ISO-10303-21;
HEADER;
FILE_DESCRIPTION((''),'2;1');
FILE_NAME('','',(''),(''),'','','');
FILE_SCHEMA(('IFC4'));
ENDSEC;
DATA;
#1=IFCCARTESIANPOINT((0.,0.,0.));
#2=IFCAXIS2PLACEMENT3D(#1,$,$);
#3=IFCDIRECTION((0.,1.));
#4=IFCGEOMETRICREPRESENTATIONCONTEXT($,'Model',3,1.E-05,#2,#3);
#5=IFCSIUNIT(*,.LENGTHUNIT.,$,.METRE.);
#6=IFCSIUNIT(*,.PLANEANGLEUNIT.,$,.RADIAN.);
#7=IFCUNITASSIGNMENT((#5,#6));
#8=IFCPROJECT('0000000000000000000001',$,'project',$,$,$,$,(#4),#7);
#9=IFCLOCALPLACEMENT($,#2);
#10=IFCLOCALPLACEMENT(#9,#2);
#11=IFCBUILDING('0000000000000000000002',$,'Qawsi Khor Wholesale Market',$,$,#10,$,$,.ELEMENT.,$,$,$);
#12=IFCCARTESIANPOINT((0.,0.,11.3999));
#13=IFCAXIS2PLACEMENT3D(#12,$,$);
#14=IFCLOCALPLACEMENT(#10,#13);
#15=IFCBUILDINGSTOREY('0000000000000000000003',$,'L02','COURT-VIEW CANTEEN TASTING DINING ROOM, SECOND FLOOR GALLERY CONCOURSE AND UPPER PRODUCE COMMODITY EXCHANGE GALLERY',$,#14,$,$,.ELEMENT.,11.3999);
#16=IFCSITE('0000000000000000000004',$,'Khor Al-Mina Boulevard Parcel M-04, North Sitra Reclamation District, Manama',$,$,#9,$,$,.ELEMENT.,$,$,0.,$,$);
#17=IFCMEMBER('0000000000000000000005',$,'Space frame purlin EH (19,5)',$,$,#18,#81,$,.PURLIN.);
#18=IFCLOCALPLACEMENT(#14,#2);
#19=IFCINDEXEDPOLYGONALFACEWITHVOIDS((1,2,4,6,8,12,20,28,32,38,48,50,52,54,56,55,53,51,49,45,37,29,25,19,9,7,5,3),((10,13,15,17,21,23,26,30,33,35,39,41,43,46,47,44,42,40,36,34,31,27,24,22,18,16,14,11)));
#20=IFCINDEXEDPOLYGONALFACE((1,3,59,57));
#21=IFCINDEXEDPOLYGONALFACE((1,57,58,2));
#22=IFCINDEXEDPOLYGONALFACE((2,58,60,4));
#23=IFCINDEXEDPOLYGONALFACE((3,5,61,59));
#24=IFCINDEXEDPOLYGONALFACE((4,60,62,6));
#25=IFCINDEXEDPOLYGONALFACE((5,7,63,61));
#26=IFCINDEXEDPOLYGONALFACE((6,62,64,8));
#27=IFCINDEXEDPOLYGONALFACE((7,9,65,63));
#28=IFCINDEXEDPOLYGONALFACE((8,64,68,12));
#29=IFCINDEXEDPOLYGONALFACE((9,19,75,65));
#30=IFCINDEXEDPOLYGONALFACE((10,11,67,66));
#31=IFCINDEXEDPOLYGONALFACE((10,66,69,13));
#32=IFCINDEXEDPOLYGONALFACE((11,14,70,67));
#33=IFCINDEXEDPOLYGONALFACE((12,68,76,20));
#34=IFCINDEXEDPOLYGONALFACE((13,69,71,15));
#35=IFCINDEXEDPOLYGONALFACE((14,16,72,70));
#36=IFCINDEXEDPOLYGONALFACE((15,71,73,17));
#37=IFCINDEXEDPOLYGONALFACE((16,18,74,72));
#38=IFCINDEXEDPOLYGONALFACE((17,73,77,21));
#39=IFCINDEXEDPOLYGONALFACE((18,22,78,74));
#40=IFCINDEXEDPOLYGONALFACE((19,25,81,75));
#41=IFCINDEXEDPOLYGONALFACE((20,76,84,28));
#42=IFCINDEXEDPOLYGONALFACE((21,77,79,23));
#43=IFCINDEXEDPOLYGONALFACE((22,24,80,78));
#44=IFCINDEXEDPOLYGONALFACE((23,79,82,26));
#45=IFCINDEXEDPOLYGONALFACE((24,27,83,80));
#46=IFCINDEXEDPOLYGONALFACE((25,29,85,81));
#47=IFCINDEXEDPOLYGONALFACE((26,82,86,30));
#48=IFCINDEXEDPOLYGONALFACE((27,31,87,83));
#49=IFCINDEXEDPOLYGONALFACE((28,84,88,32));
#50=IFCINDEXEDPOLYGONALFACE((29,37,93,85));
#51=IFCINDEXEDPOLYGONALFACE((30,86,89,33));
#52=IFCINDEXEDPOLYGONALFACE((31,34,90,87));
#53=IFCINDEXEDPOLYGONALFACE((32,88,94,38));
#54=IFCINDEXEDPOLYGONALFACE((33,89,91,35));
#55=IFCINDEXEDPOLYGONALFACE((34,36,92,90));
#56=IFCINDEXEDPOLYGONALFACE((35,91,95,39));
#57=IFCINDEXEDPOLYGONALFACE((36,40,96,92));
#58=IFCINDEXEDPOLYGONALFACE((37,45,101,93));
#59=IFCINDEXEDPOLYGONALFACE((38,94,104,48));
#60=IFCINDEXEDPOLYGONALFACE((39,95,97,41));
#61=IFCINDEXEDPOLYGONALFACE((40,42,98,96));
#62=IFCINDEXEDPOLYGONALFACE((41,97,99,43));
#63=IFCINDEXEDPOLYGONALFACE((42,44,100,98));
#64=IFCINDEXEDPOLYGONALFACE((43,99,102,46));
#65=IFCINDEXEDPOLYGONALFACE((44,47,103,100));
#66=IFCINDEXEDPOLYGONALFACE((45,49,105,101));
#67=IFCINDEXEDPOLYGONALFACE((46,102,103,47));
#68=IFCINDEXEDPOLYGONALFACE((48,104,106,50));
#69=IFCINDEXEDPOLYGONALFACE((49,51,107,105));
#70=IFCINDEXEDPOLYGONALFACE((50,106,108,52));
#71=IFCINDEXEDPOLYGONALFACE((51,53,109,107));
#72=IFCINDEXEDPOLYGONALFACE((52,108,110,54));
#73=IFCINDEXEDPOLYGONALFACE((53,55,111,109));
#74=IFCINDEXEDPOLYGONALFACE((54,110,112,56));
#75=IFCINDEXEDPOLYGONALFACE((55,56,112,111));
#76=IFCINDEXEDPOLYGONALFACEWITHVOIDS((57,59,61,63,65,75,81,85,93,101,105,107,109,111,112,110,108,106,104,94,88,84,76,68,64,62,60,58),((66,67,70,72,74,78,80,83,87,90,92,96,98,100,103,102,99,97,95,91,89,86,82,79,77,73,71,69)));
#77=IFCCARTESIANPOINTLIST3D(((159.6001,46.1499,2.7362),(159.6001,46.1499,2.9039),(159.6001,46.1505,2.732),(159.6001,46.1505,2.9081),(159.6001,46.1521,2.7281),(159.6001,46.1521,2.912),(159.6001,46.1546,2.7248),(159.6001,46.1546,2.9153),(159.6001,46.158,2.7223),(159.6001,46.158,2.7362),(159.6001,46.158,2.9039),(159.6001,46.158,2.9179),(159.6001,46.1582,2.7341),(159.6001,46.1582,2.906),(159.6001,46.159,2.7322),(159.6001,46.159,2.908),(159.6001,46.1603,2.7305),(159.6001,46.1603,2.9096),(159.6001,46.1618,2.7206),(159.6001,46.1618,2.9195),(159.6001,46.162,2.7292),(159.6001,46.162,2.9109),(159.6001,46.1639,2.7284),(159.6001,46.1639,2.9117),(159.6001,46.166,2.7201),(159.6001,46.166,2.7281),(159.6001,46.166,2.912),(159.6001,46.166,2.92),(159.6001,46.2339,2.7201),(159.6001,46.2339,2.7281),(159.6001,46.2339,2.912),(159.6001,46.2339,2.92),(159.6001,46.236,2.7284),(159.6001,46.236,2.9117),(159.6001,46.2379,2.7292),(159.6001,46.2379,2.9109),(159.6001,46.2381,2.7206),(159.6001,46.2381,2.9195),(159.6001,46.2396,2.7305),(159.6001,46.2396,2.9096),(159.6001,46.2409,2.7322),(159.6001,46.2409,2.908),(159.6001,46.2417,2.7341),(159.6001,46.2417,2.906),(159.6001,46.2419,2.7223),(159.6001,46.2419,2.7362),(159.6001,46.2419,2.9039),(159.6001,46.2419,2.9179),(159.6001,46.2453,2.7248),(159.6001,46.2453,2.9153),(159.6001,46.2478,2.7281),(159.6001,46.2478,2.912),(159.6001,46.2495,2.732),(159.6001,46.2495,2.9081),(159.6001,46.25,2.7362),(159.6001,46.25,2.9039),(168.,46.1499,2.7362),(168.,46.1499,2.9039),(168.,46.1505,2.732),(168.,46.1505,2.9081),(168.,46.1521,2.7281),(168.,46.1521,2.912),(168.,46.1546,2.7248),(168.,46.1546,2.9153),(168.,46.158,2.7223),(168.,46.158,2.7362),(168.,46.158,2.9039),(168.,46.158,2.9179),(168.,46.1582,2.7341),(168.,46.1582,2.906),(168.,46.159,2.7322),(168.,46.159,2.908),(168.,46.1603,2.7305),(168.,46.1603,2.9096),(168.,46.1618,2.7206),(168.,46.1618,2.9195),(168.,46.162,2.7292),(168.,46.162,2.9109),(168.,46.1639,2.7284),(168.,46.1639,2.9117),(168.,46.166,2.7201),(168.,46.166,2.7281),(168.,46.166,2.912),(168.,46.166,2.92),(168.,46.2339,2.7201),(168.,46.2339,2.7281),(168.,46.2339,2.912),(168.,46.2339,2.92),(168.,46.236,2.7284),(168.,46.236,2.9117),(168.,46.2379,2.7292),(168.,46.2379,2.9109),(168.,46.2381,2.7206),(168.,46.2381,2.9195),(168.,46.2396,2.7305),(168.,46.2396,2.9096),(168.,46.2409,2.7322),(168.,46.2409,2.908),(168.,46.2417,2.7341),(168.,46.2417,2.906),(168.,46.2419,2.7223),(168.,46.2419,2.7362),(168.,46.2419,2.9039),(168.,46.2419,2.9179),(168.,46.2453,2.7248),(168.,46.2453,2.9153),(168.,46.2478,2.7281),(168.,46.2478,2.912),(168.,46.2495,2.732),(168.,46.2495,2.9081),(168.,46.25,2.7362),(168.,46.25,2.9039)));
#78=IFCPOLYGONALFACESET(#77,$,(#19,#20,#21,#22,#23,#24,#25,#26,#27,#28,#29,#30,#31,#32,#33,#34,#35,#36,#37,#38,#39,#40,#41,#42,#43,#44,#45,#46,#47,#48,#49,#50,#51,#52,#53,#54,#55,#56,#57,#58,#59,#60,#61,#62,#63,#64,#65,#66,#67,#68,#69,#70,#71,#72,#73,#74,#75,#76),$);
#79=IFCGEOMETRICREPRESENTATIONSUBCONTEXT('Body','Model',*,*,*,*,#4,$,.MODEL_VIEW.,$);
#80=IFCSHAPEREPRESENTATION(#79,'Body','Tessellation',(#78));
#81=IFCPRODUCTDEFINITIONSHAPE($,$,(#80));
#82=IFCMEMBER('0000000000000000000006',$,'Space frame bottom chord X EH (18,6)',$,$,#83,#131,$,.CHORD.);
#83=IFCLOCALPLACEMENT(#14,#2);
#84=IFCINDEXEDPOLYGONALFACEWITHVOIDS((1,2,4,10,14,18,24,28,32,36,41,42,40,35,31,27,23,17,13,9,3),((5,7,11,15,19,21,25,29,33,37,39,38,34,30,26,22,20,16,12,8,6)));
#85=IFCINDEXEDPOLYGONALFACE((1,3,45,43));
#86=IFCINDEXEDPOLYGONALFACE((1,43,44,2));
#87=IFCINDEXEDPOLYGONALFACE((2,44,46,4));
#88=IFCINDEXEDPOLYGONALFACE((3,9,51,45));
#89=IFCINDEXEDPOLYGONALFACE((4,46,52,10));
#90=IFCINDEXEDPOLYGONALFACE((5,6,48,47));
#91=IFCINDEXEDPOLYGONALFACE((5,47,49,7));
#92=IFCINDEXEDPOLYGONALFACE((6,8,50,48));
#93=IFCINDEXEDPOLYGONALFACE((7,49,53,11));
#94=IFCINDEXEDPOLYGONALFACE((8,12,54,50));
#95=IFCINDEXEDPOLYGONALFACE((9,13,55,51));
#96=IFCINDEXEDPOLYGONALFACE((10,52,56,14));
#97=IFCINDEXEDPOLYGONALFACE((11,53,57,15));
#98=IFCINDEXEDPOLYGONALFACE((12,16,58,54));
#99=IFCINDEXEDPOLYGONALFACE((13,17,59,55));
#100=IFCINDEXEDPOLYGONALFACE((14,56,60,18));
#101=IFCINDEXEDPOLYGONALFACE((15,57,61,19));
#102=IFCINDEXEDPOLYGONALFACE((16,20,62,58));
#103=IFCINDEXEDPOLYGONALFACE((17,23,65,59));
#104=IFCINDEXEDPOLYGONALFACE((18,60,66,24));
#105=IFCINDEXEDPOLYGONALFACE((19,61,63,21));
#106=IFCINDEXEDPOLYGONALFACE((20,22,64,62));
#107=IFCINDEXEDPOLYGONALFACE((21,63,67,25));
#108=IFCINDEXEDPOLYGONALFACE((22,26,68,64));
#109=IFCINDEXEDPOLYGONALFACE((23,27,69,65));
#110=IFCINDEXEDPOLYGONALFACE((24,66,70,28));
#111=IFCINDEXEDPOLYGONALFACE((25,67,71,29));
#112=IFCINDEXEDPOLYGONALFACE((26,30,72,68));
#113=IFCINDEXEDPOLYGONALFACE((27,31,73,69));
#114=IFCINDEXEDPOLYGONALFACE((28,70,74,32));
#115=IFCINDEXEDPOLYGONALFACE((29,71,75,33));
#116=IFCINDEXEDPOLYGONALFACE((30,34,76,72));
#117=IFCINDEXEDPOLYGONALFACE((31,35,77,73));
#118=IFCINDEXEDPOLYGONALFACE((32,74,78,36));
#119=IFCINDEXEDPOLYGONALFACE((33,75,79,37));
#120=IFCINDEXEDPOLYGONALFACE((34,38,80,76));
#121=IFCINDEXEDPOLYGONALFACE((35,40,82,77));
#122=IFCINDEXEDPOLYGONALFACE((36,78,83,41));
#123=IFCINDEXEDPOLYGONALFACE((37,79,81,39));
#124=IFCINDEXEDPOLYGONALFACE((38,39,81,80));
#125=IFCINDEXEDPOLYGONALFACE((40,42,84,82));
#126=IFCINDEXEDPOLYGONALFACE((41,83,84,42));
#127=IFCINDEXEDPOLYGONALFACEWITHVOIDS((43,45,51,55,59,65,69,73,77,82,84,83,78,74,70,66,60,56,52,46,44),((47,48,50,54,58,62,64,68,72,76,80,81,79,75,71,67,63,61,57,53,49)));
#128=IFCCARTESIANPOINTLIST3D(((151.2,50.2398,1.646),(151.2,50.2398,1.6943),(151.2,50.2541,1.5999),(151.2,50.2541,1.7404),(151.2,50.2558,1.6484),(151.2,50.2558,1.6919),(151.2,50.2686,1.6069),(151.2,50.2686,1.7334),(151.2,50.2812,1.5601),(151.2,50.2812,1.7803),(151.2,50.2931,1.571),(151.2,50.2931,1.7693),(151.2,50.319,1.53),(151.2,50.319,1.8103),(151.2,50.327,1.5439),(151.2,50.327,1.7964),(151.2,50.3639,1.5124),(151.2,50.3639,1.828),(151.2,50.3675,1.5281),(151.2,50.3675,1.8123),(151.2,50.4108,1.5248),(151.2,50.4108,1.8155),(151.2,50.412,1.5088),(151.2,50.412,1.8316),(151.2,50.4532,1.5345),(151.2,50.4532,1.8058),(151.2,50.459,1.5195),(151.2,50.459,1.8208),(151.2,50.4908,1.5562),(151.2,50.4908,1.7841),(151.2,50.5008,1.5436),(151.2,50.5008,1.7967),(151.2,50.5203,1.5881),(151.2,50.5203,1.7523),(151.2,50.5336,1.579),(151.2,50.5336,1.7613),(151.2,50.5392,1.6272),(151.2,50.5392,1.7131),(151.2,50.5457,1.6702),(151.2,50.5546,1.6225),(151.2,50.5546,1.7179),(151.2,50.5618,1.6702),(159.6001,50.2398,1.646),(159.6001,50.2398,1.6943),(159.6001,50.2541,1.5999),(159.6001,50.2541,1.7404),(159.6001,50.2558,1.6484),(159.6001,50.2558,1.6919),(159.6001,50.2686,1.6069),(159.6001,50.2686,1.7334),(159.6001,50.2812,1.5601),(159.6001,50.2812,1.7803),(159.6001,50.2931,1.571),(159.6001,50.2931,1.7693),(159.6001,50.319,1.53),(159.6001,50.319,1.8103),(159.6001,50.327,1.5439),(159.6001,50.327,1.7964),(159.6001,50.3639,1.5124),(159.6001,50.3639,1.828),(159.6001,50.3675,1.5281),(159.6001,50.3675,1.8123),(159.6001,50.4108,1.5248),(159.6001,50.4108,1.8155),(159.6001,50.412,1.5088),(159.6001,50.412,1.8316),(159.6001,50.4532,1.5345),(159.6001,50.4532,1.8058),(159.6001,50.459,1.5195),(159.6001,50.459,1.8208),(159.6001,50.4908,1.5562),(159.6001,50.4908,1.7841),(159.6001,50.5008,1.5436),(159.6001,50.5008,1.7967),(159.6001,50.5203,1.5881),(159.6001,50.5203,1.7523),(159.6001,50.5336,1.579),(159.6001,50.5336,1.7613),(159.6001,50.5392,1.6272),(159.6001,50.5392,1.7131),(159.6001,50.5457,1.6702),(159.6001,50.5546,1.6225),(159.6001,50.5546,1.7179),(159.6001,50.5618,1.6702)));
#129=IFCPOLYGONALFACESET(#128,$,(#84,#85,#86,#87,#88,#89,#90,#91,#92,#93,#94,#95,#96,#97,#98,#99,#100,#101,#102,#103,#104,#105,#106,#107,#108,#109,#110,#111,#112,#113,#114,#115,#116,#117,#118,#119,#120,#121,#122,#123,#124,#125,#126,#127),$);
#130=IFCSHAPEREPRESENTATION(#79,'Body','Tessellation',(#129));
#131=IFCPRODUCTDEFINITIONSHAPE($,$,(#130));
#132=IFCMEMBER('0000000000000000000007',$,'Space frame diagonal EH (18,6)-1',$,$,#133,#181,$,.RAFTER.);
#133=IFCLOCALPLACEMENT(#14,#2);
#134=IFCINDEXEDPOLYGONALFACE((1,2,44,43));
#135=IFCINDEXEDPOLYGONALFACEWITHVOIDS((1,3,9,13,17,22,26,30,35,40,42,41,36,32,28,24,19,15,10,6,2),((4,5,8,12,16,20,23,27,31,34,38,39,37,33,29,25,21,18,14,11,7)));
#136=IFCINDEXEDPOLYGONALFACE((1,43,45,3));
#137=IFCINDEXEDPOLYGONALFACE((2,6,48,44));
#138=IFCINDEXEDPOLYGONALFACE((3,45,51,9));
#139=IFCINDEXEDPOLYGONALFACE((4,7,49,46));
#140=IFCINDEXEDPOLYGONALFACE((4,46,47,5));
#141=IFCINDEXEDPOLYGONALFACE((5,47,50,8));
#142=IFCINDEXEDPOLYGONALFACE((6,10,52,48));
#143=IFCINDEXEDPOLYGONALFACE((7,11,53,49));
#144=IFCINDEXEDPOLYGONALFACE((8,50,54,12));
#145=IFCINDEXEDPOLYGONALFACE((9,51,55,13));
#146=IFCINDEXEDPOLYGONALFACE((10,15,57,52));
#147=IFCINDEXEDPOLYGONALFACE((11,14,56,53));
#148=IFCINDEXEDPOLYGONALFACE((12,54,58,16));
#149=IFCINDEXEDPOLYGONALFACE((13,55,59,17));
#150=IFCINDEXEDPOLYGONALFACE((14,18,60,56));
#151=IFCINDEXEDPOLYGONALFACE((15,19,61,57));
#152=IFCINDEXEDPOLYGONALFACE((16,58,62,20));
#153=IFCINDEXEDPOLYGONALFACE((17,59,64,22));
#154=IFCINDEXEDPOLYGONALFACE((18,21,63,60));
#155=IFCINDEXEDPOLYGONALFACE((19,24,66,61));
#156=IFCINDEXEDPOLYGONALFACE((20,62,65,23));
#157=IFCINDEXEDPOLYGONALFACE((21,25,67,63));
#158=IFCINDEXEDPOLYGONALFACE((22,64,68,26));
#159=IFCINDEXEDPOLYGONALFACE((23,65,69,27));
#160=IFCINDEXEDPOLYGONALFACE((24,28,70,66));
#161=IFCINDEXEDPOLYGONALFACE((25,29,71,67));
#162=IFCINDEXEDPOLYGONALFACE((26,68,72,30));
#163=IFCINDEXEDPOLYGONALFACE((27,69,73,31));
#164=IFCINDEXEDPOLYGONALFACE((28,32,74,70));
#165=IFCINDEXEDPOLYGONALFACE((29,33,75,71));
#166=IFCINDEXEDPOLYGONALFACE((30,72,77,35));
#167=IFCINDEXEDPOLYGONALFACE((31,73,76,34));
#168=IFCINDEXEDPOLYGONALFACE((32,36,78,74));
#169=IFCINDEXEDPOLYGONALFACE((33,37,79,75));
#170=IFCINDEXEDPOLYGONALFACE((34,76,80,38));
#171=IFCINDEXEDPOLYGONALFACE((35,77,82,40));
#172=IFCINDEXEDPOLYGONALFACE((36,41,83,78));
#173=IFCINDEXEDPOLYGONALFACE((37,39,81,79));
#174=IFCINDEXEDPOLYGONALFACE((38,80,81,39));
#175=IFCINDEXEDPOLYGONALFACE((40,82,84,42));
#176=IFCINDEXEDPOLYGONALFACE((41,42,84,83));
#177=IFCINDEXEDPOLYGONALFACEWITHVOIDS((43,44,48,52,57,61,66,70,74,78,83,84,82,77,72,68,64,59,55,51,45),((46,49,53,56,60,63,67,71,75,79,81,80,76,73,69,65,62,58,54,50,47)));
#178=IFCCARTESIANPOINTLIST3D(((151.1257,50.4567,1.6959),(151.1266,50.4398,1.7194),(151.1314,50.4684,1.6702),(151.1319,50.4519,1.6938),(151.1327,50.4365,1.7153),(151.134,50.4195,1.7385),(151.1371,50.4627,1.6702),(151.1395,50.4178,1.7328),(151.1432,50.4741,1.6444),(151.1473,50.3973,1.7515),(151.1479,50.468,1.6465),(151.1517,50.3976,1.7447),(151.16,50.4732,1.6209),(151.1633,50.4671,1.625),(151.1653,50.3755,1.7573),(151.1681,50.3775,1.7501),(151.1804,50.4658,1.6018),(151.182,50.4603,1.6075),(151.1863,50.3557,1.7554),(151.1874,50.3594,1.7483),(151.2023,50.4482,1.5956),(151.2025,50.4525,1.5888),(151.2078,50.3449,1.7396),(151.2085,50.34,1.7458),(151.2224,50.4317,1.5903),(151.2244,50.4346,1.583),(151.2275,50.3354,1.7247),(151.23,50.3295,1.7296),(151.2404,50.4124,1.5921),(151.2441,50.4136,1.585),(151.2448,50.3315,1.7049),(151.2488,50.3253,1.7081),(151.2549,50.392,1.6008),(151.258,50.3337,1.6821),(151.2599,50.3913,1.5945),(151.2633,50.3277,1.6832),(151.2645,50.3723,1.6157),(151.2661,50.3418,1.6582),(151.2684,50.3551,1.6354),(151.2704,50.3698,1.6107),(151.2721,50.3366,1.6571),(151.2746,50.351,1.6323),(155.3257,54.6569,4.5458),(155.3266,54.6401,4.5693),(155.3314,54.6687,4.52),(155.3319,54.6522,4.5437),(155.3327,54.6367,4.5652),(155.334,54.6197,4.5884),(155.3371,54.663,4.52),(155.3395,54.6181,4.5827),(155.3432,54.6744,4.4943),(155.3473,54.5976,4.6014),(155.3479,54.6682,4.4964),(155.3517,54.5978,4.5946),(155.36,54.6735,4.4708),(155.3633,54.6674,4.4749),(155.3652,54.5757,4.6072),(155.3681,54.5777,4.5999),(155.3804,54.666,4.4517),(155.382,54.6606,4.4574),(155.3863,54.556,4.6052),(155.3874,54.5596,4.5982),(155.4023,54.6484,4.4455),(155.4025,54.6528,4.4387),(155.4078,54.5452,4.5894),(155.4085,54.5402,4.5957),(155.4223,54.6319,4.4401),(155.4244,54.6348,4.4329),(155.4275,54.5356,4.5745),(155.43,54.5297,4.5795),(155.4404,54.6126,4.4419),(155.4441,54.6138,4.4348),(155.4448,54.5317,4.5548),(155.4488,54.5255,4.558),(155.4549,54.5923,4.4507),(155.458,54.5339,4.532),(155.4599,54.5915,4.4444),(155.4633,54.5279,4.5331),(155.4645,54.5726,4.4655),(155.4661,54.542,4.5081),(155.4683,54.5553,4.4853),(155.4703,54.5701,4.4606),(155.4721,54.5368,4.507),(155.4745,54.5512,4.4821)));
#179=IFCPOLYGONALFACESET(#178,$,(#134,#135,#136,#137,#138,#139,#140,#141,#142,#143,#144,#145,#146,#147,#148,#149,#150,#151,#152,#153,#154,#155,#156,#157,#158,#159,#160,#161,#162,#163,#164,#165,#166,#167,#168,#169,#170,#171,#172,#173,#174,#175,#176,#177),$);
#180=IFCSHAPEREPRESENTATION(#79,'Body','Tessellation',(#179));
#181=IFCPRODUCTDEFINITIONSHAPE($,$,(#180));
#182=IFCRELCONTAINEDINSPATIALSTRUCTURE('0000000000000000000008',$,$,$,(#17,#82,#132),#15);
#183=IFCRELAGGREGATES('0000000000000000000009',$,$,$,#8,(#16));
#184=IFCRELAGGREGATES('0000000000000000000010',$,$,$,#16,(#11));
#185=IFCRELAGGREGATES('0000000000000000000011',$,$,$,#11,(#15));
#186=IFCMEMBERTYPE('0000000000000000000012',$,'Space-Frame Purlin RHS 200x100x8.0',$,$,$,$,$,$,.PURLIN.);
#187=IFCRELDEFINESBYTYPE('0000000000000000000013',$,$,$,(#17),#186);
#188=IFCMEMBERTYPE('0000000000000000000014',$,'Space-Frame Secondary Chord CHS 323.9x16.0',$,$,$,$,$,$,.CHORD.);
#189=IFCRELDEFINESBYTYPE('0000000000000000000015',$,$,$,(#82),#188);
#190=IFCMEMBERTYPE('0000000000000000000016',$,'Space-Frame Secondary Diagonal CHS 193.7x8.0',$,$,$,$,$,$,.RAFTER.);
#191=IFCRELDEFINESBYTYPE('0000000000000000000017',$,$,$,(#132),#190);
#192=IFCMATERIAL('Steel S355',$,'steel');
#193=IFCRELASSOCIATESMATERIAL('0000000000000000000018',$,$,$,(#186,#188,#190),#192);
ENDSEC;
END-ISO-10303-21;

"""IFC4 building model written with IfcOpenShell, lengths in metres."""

from ifc_helpers import new_model, si_unit, direction, frame, origin, origin_2d, place, context, subcontext, project, spatial, hollow_rectangle, hollow_circle, extrude, material, material_profile, profile_set, type_object, element, save


model = new_model("IFC4")

# Units and contexts
model_context = context("Model", 3, precision=1e-05, world=origin(), true_north=direction((0.0, 1.0)))
body_context = subcontext(model_context, "Body", "Model", "MODEL_VIEW")
ifc_project = project(units=[si_unit("LENGTHUNIT", "METRE"), si_unit("PLANEANGLEUNIT", "RADIAN")], contexts=[model_context])

# Site, building, storey
site_placement = place(None, origin())
site = spatial("IfcSite", under=ifc_project, at=site_placement, Name="Khor Al-Mina Boulevard Parcel M-04, North Sitra Reclamation District, Manama", CompositionType="ELEMENT", RefElevation=0.0)
building_placement = place(site_placement, origin())
building = spatial("IfcBuilding", under=site, at=building_placement, Name="Qawsi Khor Wholesale Market", CompositionType="ELEMENT")
storey_placement = place(building_placement, frame((0.0, 0.0, 11.3999)))
storey = spatial("IfcBuildingStorey", under=building, at=storey_placement, Name="L02", Description="COURT-VIEW CANTEEN TASTING DINING ROOM, SECOND FLOOR GALLERY CONCOURSE AND UPPER PRODUCE COMMODITY EXCHANGE GALLERY", CompositionType="ELEMENT", Elevation=11.3999)

# Members
ifc_material_1 = material(Name="Steel S355", Category="steel")
ifc_material_profile_1 = material_profile(ifc_material_1, hollow_rectangle(XDim=0.1001, YDim=0.2, WallThickness=0.0081, InnerFilletRadius=0.0081, OuterFilletRadius=0.0161, at=origin_2d()), Name="RHS 200x100x8.0")
ifc_profile_set_1 = profile_set([ifc_material_profile_1], Name="Steel S355")
member_type_1 = type_object("IfcMemberType", Name="Space-Frame Purlin RHS 200x100x8.0", PredefinedType="PURLIN", material=ifc_profile_set_1)
member_1_placement = place(storey_placement, frame((159.6001, 46.2, 2.8201), z_axis=(1.0, 0.0, 0.0), x_axis=(0.0, 1.0, 0.0)))
element("IfcMember", 1, at=member_1_placement, inside=storey, type_object=member_type_1, Name="Space frame purlin EH (19,5)", PredefinedType="PURLIN", context=body_context, shape_type="SweptSolid", body=[
    extrude(hollow_rectangle(XDim=0.1001, YDim=0.2, WallThickness=0.0081, InnerFilletRadius=0.0081, OuterFilletRadius=0.0161, at=origin_2d()), origin(), (0.0, 0.0, 1.0), 8.3999),
])
ifc_material_profile_2 = material_profile(ifc_material_1, hollow_circle(Radius=0.1619, WallThickness=0.0161, at=origin_2d()), Name="CHS 323.9x16.0")
ifc_profile_set_2 = profile_set([ifc_material_profile_2], Name="Steel S355")
member_type_2 = type_object("IfcMemberType", Name="Space-Frame Secondary Chord CHS 323.9x16.0", PredefinedType="CHORD", material=ifc_profile_set_2)
member_2_placement = place(storey_placement, frame((151.2, 50.3999, 1.6702), z_axis=(1.0, 0.0, 0.0), x_axis=(0.0, 1.0, 0.0)))
element("IfcMember", 2, at=member_2_placement, inside=storey, type_object=member_type_2, Name="Space frame bottom chord X EH (18,6)", PredefinedType="CHORD", context=body_context, shape_type="SweptSolid", body=[
    extrude(hollow_circle(Radius=0.1619, WallThickness=0.0161, at=origin_2d()), origin(), (0.0, 0.0, 1.0), 8.4001),
])
ifc_material_profile_3 = material_profile(ifc_material_1, hollow_circle(Radius=0.0969, WallThickness=0.0081, at=origin_2d()), Name="CHS 193.7x8.0")
ifc_profile_set_3 = profile_set([ifc_material_profile_3], Name="Steel S355")
member_type_3 = type_object("IfcMemberType", Name="Space-Frame Secondary Diagonal CHS 193.7x8.0", PredefinedType="RAFTER", material=ifc_profile_set_3)
for number, where, z_axis, x_axis, name in (
    (3, (151.2, 50.3999, 1.6702), (0.637507, 0.637544, 0.432577), (-0.707127, 0.707086, 0.0), "Space frame diagonal EH (18,6)-1"),
):
    element("IfcMember", number, at=place(storey_placement, frame(where, z_axis=z_axis, x_axis=x_axis)), inside=storey, type_object=member_type_3, Name=name, PredefinedType="RAFTER", context=body_context, shape_type="SweptSolid", body=[
        extrude(hollow_circle(Radius=0.0969, WallThickness=0.0081, at=origin_2d()), origin(), (0.0, 0.0, 1.0), 6.5881),
    ])

save(model, "model.ifc")
